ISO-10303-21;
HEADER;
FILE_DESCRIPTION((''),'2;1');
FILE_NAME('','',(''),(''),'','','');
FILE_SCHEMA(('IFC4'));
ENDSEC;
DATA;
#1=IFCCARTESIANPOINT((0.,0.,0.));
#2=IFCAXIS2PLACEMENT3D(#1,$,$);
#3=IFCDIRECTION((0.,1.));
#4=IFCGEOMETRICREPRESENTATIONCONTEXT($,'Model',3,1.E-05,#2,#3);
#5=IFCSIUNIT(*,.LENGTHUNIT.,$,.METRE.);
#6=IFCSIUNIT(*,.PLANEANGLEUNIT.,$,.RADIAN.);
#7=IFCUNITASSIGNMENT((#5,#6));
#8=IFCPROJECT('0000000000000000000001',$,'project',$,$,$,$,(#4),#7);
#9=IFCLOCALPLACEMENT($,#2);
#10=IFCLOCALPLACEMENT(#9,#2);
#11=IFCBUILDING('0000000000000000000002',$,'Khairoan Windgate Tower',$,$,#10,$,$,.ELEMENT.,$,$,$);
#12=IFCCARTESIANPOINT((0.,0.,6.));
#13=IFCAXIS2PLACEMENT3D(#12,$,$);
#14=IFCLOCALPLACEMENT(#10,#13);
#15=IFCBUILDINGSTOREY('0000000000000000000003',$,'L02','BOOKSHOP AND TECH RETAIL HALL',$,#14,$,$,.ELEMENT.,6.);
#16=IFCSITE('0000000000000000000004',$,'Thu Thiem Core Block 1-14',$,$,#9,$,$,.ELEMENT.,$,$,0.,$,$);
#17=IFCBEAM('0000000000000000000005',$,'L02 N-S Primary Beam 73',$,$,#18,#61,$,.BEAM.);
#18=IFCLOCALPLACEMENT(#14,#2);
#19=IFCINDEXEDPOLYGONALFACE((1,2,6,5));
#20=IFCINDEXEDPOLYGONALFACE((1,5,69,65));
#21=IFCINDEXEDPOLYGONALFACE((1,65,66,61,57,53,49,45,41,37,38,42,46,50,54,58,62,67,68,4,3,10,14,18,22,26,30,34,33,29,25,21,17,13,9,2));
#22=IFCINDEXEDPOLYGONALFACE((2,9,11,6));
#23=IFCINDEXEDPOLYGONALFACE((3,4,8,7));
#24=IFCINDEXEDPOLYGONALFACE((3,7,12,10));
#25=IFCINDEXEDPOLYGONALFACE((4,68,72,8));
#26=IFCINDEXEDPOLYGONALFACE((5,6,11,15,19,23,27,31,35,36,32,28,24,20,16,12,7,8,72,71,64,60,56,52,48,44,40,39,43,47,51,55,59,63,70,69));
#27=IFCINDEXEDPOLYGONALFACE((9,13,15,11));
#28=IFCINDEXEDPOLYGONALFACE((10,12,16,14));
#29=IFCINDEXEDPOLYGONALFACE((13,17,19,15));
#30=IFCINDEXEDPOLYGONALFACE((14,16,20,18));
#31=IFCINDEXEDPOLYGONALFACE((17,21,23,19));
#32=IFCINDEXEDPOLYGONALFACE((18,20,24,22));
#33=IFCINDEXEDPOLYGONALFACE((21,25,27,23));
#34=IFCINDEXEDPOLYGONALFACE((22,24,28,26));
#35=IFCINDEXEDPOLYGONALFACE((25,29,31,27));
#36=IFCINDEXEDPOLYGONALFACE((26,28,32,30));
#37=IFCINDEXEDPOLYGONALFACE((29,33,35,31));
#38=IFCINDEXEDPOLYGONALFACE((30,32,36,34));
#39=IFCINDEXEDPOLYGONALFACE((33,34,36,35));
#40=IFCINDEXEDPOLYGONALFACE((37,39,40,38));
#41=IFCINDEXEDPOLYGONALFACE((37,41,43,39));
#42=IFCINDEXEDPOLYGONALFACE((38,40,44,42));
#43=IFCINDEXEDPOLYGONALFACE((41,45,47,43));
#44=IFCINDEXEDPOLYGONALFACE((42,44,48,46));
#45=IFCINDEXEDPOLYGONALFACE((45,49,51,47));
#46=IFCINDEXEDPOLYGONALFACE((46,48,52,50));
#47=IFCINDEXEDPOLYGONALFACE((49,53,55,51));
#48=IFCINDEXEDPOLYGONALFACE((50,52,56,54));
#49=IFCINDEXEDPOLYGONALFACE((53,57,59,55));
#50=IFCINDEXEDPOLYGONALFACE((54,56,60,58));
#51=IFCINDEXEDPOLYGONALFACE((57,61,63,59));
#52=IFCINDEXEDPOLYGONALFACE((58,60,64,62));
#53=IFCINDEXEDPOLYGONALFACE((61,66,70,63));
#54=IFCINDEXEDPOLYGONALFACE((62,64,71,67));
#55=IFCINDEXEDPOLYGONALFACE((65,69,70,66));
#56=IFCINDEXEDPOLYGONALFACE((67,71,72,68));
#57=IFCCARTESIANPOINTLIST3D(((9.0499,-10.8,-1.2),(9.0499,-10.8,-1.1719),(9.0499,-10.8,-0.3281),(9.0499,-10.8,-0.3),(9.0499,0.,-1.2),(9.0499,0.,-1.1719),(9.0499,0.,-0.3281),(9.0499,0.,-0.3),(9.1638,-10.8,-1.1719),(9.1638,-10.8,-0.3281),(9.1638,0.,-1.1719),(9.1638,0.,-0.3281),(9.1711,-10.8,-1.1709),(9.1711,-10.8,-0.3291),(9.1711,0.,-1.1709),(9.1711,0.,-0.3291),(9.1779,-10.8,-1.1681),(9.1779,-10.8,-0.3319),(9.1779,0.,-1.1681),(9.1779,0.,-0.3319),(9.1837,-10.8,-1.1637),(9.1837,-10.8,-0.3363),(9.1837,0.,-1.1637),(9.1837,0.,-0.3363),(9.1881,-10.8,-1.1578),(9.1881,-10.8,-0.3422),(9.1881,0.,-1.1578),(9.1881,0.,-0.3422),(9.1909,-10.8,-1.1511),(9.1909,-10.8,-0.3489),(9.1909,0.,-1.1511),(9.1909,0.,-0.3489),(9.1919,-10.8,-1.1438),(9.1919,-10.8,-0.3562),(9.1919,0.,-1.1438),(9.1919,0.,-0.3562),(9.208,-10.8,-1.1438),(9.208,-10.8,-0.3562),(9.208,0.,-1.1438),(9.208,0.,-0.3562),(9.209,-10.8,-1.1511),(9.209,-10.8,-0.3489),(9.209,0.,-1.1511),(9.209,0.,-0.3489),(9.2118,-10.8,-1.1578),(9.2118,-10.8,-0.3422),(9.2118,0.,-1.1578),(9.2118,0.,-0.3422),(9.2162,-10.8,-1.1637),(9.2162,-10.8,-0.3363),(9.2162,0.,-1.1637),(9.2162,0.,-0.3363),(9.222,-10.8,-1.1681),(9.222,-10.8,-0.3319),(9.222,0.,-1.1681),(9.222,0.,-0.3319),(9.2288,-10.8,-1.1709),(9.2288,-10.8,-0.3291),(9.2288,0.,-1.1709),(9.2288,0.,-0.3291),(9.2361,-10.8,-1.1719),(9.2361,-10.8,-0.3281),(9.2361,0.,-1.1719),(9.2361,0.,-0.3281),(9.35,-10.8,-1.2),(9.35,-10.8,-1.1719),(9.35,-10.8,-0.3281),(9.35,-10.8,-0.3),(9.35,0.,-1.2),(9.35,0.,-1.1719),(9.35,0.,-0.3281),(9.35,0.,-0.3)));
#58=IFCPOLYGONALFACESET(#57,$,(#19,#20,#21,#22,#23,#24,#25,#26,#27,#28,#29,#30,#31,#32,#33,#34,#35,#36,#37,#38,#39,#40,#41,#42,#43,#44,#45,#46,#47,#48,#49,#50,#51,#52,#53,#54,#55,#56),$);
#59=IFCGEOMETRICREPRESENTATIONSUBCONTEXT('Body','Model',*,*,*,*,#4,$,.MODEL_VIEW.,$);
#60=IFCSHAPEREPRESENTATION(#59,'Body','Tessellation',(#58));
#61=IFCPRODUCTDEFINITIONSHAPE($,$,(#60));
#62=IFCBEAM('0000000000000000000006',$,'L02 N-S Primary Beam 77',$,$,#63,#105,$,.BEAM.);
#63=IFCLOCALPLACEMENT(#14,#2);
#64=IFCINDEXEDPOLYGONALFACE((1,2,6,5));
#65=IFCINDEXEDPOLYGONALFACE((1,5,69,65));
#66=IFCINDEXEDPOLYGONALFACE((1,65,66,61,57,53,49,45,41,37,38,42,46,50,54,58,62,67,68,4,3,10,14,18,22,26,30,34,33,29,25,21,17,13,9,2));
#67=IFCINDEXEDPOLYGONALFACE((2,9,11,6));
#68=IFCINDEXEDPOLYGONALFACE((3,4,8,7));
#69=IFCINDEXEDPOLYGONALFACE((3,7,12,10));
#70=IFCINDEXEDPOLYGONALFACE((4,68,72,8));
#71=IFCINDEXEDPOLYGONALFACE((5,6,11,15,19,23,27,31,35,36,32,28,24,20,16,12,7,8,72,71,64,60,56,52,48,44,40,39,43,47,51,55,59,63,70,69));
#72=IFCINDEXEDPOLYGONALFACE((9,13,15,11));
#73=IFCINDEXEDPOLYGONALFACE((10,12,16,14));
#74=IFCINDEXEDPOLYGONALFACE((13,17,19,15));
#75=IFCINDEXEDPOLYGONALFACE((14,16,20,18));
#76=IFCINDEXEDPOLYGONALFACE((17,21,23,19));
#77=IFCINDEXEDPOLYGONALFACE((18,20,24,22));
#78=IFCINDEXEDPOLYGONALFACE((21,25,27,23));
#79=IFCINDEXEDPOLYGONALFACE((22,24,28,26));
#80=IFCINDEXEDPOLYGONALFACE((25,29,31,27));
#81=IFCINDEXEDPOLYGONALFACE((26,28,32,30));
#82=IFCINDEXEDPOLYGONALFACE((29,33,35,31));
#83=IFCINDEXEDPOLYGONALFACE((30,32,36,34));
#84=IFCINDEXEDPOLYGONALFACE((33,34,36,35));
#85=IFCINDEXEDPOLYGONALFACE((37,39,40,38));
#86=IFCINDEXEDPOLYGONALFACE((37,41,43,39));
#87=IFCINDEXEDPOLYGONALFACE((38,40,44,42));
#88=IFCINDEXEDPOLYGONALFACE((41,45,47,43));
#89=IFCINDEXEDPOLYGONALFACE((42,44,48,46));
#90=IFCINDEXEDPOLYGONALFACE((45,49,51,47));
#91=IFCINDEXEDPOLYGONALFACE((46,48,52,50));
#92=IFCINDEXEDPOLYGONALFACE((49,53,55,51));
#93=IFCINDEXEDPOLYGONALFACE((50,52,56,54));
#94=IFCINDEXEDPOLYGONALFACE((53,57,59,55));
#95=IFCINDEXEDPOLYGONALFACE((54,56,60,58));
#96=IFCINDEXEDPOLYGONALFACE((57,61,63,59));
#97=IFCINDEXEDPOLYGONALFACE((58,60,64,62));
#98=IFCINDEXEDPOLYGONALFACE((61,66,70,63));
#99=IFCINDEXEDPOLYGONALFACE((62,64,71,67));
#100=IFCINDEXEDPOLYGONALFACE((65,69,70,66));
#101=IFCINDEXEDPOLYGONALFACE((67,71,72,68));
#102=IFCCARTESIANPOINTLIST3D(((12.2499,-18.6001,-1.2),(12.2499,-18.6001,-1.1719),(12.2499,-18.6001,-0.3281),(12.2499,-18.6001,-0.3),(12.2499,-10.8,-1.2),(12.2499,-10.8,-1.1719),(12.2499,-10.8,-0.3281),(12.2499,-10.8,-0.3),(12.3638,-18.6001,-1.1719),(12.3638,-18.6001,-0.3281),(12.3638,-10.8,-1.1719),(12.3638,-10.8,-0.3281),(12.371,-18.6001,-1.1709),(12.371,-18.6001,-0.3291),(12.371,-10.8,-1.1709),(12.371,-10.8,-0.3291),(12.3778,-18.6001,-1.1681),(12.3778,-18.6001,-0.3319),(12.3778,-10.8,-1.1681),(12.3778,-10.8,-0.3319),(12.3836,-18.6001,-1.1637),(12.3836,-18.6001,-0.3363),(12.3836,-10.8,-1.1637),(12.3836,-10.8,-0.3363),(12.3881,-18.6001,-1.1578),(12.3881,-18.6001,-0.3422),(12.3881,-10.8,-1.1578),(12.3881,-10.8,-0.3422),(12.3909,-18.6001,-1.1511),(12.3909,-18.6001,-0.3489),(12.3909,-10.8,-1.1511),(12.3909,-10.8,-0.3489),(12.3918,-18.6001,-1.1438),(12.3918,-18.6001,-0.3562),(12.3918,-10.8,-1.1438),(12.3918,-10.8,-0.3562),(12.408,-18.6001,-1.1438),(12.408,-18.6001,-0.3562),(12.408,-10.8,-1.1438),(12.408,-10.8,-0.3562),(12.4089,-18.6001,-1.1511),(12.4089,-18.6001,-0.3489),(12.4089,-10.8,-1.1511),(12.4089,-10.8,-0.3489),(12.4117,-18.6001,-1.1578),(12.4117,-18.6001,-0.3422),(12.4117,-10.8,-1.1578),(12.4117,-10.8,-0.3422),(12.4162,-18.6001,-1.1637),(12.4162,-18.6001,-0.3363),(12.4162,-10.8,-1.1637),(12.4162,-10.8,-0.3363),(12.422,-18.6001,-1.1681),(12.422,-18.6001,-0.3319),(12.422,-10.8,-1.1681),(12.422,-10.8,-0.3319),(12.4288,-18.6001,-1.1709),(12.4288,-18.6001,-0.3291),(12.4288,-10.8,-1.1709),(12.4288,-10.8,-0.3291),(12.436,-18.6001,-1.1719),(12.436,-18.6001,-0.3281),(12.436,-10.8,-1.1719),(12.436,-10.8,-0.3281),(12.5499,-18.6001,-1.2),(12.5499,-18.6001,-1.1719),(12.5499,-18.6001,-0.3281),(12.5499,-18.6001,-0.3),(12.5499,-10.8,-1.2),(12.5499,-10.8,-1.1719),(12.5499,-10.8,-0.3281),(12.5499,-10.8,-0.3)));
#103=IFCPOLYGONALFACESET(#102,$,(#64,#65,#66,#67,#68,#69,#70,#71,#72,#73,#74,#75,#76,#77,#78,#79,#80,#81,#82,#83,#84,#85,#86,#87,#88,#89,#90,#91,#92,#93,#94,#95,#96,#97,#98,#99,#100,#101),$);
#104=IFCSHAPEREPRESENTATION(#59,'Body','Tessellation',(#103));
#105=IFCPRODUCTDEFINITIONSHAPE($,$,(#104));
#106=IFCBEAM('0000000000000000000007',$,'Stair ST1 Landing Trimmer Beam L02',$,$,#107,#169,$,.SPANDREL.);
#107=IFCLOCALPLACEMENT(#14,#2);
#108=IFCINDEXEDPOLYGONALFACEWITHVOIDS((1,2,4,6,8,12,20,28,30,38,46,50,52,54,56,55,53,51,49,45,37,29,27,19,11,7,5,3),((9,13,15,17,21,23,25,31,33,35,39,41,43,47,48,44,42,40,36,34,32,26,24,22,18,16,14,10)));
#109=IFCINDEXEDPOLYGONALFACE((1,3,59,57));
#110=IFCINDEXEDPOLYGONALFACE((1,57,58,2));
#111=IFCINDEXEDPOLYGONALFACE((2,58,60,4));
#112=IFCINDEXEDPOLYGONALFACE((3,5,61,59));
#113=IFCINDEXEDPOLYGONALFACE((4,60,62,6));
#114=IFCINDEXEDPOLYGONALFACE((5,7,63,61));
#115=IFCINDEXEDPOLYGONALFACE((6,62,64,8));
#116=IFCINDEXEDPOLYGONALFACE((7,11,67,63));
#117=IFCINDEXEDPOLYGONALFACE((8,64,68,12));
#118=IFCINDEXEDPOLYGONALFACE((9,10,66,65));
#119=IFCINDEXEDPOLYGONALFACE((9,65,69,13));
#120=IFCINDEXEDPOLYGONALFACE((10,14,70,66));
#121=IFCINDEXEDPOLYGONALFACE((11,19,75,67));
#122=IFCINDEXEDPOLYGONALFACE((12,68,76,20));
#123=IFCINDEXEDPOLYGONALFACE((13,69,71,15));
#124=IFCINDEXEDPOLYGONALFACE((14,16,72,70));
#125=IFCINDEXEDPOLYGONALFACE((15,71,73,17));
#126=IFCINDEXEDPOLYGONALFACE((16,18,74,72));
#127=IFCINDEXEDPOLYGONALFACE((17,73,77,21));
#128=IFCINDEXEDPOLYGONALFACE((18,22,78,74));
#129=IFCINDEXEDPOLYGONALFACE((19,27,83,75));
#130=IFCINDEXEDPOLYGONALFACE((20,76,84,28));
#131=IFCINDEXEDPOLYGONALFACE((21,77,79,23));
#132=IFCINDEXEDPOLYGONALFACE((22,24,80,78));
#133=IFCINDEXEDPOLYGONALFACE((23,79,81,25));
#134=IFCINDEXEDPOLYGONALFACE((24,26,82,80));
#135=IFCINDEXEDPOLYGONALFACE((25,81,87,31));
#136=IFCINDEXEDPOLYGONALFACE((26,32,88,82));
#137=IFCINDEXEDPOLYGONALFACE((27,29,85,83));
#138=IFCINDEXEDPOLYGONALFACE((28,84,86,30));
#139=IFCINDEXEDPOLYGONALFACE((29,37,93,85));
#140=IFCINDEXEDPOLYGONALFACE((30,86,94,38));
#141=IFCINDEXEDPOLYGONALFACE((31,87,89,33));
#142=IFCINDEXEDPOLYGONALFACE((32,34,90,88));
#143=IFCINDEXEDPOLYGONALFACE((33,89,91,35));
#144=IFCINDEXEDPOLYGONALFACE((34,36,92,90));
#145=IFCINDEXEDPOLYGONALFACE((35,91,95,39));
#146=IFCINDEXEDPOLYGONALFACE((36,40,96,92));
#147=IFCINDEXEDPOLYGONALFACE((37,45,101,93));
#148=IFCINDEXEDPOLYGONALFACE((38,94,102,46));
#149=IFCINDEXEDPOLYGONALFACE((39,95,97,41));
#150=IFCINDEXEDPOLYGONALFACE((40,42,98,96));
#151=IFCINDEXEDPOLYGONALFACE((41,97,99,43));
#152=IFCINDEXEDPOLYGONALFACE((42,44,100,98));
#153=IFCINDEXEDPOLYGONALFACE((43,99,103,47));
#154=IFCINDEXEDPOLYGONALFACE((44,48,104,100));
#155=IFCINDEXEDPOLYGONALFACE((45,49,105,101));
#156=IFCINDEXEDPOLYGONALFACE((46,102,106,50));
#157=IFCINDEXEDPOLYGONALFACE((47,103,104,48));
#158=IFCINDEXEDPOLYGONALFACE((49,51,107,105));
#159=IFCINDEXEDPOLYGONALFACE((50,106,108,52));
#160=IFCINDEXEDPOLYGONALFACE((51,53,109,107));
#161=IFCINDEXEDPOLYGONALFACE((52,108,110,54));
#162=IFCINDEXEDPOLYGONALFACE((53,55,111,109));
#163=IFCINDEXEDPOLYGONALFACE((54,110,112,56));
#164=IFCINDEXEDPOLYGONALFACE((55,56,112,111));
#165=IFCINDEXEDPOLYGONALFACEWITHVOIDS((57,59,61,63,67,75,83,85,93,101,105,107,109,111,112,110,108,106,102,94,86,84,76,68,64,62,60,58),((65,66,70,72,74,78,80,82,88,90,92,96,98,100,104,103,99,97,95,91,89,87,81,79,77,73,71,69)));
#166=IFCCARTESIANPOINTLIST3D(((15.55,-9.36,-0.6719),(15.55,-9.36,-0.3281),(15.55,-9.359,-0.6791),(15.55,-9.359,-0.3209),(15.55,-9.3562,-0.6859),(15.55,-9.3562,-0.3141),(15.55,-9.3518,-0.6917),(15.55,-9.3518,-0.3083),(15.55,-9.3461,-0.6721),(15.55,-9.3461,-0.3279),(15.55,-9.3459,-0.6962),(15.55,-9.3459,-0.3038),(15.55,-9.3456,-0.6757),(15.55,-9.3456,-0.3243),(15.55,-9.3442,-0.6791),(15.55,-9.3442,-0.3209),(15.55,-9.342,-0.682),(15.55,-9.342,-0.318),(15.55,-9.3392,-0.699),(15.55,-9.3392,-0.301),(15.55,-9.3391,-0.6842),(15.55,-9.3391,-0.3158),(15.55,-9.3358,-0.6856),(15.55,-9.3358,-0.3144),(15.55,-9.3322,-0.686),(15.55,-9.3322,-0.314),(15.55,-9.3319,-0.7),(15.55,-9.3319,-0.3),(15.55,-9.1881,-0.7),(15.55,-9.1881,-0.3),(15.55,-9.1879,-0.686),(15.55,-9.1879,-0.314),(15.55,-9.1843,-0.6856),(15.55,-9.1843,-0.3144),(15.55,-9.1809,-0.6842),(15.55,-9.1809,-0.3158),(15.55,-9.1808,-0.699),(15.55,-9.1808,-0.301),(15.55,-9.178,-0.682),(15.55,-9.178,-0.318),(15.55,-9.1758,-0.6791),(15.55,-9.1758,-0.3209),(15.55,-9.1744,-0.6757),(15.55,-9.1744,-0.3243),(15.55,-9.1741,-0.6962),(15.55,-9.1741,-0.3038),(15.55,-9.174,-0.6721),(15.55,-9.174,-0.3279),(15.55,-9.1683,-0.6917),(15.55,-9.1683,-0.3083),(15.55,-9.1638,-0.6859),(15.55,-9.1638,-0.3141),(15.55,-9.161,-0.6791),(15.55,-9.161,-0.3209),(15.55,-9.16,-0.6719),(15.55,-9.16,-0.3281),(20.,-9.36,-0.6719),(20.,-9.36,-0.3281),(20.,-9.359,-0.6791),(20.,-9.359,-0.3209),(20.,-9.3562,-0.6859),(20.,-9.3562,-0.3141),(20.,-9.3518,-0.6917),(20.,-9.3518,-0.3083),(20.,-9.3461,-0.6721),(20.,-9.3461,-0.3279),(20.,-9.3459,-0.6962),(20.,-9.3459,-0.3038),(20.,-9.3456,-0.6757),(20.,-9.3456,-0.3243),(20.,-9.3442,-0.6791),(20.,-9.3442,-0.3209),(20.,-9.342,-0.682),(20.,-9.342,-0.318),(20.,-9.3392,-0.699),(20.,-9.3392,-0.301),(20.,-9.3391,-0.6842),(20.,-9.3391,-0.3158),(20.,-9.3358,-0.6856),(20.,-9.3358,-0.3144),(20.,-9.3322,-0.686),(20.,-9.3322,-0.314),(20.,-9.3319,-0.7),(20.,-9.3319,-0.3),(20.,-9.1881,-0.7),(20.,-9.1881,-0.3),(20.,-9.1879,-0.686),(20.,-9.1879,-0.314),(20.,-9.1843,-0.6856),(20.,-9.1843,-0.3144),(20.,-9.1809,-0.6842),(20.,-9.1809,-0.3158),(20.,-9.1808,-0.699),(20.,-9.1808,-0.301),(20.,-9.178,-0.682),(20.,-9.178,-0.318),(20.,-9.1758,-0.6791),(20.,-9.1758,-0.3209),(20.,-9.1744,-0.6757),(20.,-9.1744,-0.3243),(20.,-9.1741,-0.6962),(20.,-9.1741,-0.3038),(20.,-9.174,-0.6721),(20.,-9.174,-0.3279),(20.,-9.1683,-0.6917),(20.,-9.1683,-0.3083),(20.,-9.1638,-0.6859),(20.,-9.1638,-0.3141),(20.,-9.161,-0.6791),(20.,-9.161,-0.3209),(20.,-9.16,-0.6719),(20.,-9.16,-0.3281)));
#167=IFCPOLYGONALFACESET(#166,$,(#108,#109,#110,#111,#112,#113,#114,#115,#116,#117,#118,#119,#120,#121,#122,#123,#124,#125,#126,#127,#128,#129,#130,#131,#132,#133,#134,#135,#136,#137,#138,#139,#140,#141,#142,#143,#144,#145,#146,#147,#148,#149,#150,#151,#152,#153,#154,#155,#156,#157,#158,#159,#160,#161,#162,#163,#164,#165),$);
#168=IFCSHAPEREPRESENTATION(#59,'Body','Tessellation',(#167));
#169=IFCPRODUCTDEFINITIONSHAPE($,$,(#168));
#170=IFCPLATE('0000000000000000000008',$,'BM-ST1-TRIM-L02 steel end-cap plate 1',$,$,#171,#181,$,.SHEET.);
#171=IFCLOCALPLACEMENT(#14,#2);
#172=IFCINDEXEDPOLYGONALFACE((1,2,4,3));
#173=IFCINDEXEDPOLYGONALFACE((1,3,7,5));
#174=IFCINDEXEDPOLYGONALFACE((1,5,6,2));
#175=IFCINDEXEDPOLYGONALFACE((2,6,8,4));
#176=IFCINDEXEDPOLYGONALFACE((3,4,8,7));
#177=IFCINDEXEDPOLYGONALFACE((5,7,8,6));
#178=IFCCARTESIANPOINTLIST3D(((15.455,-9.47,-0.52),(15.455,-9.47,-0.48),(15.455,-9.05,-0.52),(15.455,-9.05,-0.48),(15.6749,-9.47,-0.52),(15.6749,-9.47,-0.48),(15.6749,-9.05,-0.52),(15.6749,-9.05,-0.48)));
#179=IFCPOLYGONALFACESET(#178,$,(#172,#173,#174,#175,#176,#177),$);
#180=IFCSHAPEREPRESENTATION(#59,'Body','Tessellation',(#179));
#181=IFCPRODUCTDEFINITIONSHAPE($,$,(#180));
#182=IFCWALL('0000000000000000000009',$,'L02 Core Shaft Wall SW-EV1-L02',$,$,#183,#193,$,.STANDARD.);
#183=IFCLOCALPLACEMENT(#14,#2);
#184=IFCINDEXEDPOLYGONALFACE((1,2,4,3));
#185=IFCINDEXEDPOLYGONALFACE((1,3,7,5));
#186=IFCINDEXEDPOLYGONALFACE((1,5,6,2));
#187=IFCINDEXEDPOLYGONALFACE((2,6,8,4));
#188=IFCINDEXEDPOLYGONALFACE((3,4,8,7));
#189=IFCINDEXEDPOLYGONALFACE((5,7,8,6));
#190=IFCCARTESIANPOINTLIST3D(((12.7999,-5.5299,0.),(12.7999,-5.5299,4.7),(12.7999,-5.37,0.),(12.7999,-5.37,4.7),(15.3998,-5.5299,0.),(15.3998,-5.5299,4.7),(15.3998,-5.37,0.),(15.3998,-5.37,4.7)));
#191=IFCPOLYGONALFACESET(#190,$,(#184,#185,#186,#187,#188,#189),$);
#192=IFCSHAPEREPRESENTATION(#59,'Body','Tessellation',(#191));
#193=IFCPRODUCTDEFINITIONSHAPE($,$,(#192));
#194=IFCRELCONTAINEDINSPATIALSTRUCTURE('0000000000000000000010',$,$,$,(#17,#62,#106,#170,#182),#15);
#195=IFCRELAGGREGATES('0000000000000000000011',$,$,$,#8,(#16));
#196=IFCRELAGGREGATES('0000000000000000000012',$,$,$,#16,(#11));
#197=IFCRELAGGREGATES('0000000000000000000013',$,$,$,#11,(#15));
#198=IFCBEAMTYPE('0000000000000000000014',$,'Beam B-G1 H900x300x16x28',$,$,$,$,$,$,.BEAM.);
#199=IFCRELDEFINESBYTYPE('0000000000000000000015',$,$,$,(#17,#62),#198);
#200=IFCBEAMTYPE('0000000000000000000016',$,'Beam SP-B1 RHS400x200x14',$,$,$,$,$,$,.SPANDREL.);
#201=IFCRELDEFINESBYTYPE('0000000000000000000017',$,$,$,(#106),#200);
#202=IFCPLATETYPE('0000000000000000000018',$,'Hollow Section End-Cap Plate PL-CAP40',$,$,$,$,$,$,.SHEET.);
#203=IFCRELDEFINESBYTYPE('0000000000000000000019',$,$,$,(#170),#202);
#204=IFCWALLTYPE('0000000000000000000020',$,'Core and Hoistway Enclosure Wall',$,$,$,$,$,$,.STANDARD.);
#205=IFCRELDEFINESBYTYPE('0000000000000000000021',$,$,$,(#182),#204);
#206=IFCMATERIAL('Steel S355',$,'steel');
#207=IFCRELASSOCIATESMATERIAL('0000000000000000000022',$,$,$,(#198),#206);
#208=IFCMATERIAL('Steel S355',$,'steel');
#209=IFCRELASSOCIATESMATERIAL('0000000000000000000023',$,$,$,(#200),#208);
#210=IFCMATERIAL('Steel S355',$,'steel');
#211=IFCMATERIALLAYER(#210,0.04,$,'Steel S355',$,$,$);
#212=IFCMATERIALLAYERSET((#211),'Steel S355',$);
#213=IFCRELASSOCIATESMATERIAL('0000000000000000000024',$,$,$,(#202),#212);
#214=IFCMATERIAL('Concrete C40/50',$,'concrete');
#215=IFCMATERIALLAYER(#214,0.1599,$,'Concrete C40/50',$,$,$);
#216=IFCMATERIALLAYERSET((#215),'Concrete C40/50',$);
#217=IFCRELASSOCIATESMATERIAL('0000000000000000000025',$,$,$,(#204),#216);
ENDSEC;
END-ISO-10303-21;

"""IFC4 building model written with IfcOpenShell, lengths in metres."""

from ifc_helpers import new_model, si_unit, direction, frame, frame_2d, origin, origin_2d, place, context, subcontext, project, spatial, rectangle, hollow_rectangle, i_section, extrude, material, layer, layer_set, material_profile, profile_set, type_object, element, save


model = new_model("IFC4")

# Units and contexts
model_context = context("Model", 3, precision=1e-05, world=origin(), true_north=direction((0.0, 1.0)))
body_context = subcontext(model_context, "Body", "Model", "MODEL_VIEW")
ifc_project = project(units=[si_unit("LENGTHUNIT", "METRE"), si_unit("PLANEANGLEUNIT", "RADIAN")], contexts=[model_context])

# Site, building, storey
site_placement = place(None, origin())
site = spatial("IfcSite", under=ifc_project, at=site_placement, Name="Thu Thiem Core Block 1-14", CompositionType="ELEMENT", RefElevation=0.0)
building_placement = place(site_placement, origin())
building = spatial("IfcBuilding", under=site, at=building_placement, Name="Khairoan Windgate Tower", CompositionType="ELEMENT")
storey_placement = place(building_placement, frame((0.0, 0.0, 6.0)))
storey = spatial("IfcBuildingStorey", under=building, at=storey_placement, Name="L02", Description="BOOKSHOP AND TECH RETAIL HALL", CompositionType="ELEMENT", Elevation=6.0)

# Beams
ifc_material_1 = material(Name="Steel S355", Category="steel")
ifc_material_profile_1 = material_profile(ifc_material_1, i_section(OverallWidth=0.3, OverallDepth=0.8999, WebThickness=0.0161, FlangeThickness=0.0281, FilletRadius=0.0281, at=origin_2d()))
ifc_profile_set_1 = profile_set([ifc_material_profile_1], Name="Steel S355")
beam_type_1 = type_object("IfcBeamType", Name="Beam B-G1 H900x300x16x28", PredefinedType="BEAM", material=ifc_profile_set_1)
beam_1_placement = place(storey_placement, frame((9.2, -10.8, -0.75), z_axis=(0.0, 1.0, 0.0), x_axis=(-1.0, 0.0, 0.0)))
element("IfcBeam", 1, at=beam_1_placement, inside=storey, type_object=beam_type_1, Name="L02 N-S Primary Beam 73", PredefinedType="BEAM", context=body_context, shape_type="SweptSolid", body=[
    extrude(i_section(OverallWidth=0.3, OverallDepth=0.8999, WebThickness=0.0161, FlangeThickness=0.0281, FilletRadius=0.0281, at=origin_2d()), origin(), (0.0, 0.0, 1.0), 10.8),
])
beam_2_placement = place(storey_placement, frame((12.3999, -18.6001, -0.75), z_axis=(0.0, 1.0, 0.0), x_axis=(-1.0, 0.0, 0.0)))
element("IfcBeam", 2, at=beam_2_placement, inside=storey, type_object=beam_type_1, Name="L02 N-S Primary Beam 77", PredefinedType="BEAM", context=body_context, shape_type="SweptSolid", body=[
    extrude(i_section(OverallWidth=0.3, OverallDepth=0.8999, WebThickness=0.0161, FlangeThickness=0.0281, FilletRadius=0.0281, at=origin_2d()), origin(), (0.0, 0.0, 1.0), 7.8),
])
ifc_material_2 = material(Name="Steel S355", Category="steel")
ifc_material_profile_2 = material_profile(ifc_material_2, hollow_rectangle(XDim=0.2, YDim=0.3999, WallThickness=0.0139, InnerFilletRadius=0.0139, OuterFilletRadius=0.0281, at=origin_2d()))
ifc_profile_set_2 = profile_set([ifc_material_profile_2], Name="Steel S355")
beam_type_2 = type_object("IfcBeamType", Name="Beam SP-B1 RHS400x200x14", PredefinedType="SPANDREL", material=ifc_profile_set_2)
beam_3_placement = place(storey_placement, frame((15.55, -9.26, -0.5), z_axis=(1.0, 0.0, 0.0), x_axis=(0.0, 1.0, 0.0)))
element("IfcBeam", 3, at=beam_3_placement, inside=storey, type_object=beam_type_2, Name="Stair ST1 Landing Trimmer Beam L02", PredefinedType="SPANDREL", context=body_context, shape_type="SweptSolid", body=[
    extrude(hollow_rectangle(XDim=0.2, YDim=0.3999, WallThickness=0.0139, InnerFilletRadius=0.0139, OuterFilletRadius=0.0281, at=origin_2d()), origin(), (0.0, 0.0, 1.0), 4.45),
])

# Plate
ifc_material_3 = material(Name="Steel S355", Category="steel")
ifc_layer_1 = layer(ifc_material_3, 0.04, Name="Steel S355")
ifc_layer_set_1 = layer_set([ifc_layer_1], Name="Steel S355")
plate_type = type_object("IfcPlateType", Name="Hollow Section End-Cap Plate PL-CAP40", PredefinedType="SHEET", material=ifc_layer_set_1)
plate_placement = place(storey_placement, frame((15.5649, -9.26, -0.52), z_axis=(0.0, 0.0, 1.0), x_axis=(1.0, 0.0, 0.0)))
element("IfcPlate", 4, at=plate_placement, inside=storey, type_object=plate_type, Name="BM-ST1-TRIM-L02 steel end-cap plate 1", PredefinedType="SHEET", context=body_context, shape_type="SweptSolid", body=[
    extrude(rectangle(XDim=0.22, YDim=0.4199, at=origin_2d()), origin(), (0.0, 0.0, 1.0), 0.04),
])

# Wall
ifc_material_4 = material(Name="Concrete C40/50", Category="concrete")
ifc_layer_2 = layer(ifc_material_4, 0.1599, Name="Concrete C40/50")
ifc_layer_set_2 = layer_set([ifc_layer_2], Name="Concrete C40/50")
wall_type_1 = type_object("IfcWallType", Name="Core and Hoistway Enclosure Wall", PredefinedType="STANDARD", material=ifc_layer_set_2)
for number, where, z_axis, x_axis, name in (
    (5, (12.8, -5.45, 0.0), (0.0, 0.0, 1.0), (1.0, 0.0, 0.0), "L02 Core Shaft Wall SW-EV1-L02"),
):
    element("IfcWall", number, at=place(storey_placement, frame(where, z_axis=z_axis, x_axis=x_axis)), inside=storey, type_object=wall_type_1, Name=name, PredefinedType="STANDARD", context=body_context, shape_type="SweptSolid", body=[
        extrude(rectangle(XDim=2.5999, YDim=0.1599, at=frame_2d((1.2998, 0.0))), origin(), (0.0, 0.0, 1.0), 4.7),
    ])

save(model, "model.ifc")
